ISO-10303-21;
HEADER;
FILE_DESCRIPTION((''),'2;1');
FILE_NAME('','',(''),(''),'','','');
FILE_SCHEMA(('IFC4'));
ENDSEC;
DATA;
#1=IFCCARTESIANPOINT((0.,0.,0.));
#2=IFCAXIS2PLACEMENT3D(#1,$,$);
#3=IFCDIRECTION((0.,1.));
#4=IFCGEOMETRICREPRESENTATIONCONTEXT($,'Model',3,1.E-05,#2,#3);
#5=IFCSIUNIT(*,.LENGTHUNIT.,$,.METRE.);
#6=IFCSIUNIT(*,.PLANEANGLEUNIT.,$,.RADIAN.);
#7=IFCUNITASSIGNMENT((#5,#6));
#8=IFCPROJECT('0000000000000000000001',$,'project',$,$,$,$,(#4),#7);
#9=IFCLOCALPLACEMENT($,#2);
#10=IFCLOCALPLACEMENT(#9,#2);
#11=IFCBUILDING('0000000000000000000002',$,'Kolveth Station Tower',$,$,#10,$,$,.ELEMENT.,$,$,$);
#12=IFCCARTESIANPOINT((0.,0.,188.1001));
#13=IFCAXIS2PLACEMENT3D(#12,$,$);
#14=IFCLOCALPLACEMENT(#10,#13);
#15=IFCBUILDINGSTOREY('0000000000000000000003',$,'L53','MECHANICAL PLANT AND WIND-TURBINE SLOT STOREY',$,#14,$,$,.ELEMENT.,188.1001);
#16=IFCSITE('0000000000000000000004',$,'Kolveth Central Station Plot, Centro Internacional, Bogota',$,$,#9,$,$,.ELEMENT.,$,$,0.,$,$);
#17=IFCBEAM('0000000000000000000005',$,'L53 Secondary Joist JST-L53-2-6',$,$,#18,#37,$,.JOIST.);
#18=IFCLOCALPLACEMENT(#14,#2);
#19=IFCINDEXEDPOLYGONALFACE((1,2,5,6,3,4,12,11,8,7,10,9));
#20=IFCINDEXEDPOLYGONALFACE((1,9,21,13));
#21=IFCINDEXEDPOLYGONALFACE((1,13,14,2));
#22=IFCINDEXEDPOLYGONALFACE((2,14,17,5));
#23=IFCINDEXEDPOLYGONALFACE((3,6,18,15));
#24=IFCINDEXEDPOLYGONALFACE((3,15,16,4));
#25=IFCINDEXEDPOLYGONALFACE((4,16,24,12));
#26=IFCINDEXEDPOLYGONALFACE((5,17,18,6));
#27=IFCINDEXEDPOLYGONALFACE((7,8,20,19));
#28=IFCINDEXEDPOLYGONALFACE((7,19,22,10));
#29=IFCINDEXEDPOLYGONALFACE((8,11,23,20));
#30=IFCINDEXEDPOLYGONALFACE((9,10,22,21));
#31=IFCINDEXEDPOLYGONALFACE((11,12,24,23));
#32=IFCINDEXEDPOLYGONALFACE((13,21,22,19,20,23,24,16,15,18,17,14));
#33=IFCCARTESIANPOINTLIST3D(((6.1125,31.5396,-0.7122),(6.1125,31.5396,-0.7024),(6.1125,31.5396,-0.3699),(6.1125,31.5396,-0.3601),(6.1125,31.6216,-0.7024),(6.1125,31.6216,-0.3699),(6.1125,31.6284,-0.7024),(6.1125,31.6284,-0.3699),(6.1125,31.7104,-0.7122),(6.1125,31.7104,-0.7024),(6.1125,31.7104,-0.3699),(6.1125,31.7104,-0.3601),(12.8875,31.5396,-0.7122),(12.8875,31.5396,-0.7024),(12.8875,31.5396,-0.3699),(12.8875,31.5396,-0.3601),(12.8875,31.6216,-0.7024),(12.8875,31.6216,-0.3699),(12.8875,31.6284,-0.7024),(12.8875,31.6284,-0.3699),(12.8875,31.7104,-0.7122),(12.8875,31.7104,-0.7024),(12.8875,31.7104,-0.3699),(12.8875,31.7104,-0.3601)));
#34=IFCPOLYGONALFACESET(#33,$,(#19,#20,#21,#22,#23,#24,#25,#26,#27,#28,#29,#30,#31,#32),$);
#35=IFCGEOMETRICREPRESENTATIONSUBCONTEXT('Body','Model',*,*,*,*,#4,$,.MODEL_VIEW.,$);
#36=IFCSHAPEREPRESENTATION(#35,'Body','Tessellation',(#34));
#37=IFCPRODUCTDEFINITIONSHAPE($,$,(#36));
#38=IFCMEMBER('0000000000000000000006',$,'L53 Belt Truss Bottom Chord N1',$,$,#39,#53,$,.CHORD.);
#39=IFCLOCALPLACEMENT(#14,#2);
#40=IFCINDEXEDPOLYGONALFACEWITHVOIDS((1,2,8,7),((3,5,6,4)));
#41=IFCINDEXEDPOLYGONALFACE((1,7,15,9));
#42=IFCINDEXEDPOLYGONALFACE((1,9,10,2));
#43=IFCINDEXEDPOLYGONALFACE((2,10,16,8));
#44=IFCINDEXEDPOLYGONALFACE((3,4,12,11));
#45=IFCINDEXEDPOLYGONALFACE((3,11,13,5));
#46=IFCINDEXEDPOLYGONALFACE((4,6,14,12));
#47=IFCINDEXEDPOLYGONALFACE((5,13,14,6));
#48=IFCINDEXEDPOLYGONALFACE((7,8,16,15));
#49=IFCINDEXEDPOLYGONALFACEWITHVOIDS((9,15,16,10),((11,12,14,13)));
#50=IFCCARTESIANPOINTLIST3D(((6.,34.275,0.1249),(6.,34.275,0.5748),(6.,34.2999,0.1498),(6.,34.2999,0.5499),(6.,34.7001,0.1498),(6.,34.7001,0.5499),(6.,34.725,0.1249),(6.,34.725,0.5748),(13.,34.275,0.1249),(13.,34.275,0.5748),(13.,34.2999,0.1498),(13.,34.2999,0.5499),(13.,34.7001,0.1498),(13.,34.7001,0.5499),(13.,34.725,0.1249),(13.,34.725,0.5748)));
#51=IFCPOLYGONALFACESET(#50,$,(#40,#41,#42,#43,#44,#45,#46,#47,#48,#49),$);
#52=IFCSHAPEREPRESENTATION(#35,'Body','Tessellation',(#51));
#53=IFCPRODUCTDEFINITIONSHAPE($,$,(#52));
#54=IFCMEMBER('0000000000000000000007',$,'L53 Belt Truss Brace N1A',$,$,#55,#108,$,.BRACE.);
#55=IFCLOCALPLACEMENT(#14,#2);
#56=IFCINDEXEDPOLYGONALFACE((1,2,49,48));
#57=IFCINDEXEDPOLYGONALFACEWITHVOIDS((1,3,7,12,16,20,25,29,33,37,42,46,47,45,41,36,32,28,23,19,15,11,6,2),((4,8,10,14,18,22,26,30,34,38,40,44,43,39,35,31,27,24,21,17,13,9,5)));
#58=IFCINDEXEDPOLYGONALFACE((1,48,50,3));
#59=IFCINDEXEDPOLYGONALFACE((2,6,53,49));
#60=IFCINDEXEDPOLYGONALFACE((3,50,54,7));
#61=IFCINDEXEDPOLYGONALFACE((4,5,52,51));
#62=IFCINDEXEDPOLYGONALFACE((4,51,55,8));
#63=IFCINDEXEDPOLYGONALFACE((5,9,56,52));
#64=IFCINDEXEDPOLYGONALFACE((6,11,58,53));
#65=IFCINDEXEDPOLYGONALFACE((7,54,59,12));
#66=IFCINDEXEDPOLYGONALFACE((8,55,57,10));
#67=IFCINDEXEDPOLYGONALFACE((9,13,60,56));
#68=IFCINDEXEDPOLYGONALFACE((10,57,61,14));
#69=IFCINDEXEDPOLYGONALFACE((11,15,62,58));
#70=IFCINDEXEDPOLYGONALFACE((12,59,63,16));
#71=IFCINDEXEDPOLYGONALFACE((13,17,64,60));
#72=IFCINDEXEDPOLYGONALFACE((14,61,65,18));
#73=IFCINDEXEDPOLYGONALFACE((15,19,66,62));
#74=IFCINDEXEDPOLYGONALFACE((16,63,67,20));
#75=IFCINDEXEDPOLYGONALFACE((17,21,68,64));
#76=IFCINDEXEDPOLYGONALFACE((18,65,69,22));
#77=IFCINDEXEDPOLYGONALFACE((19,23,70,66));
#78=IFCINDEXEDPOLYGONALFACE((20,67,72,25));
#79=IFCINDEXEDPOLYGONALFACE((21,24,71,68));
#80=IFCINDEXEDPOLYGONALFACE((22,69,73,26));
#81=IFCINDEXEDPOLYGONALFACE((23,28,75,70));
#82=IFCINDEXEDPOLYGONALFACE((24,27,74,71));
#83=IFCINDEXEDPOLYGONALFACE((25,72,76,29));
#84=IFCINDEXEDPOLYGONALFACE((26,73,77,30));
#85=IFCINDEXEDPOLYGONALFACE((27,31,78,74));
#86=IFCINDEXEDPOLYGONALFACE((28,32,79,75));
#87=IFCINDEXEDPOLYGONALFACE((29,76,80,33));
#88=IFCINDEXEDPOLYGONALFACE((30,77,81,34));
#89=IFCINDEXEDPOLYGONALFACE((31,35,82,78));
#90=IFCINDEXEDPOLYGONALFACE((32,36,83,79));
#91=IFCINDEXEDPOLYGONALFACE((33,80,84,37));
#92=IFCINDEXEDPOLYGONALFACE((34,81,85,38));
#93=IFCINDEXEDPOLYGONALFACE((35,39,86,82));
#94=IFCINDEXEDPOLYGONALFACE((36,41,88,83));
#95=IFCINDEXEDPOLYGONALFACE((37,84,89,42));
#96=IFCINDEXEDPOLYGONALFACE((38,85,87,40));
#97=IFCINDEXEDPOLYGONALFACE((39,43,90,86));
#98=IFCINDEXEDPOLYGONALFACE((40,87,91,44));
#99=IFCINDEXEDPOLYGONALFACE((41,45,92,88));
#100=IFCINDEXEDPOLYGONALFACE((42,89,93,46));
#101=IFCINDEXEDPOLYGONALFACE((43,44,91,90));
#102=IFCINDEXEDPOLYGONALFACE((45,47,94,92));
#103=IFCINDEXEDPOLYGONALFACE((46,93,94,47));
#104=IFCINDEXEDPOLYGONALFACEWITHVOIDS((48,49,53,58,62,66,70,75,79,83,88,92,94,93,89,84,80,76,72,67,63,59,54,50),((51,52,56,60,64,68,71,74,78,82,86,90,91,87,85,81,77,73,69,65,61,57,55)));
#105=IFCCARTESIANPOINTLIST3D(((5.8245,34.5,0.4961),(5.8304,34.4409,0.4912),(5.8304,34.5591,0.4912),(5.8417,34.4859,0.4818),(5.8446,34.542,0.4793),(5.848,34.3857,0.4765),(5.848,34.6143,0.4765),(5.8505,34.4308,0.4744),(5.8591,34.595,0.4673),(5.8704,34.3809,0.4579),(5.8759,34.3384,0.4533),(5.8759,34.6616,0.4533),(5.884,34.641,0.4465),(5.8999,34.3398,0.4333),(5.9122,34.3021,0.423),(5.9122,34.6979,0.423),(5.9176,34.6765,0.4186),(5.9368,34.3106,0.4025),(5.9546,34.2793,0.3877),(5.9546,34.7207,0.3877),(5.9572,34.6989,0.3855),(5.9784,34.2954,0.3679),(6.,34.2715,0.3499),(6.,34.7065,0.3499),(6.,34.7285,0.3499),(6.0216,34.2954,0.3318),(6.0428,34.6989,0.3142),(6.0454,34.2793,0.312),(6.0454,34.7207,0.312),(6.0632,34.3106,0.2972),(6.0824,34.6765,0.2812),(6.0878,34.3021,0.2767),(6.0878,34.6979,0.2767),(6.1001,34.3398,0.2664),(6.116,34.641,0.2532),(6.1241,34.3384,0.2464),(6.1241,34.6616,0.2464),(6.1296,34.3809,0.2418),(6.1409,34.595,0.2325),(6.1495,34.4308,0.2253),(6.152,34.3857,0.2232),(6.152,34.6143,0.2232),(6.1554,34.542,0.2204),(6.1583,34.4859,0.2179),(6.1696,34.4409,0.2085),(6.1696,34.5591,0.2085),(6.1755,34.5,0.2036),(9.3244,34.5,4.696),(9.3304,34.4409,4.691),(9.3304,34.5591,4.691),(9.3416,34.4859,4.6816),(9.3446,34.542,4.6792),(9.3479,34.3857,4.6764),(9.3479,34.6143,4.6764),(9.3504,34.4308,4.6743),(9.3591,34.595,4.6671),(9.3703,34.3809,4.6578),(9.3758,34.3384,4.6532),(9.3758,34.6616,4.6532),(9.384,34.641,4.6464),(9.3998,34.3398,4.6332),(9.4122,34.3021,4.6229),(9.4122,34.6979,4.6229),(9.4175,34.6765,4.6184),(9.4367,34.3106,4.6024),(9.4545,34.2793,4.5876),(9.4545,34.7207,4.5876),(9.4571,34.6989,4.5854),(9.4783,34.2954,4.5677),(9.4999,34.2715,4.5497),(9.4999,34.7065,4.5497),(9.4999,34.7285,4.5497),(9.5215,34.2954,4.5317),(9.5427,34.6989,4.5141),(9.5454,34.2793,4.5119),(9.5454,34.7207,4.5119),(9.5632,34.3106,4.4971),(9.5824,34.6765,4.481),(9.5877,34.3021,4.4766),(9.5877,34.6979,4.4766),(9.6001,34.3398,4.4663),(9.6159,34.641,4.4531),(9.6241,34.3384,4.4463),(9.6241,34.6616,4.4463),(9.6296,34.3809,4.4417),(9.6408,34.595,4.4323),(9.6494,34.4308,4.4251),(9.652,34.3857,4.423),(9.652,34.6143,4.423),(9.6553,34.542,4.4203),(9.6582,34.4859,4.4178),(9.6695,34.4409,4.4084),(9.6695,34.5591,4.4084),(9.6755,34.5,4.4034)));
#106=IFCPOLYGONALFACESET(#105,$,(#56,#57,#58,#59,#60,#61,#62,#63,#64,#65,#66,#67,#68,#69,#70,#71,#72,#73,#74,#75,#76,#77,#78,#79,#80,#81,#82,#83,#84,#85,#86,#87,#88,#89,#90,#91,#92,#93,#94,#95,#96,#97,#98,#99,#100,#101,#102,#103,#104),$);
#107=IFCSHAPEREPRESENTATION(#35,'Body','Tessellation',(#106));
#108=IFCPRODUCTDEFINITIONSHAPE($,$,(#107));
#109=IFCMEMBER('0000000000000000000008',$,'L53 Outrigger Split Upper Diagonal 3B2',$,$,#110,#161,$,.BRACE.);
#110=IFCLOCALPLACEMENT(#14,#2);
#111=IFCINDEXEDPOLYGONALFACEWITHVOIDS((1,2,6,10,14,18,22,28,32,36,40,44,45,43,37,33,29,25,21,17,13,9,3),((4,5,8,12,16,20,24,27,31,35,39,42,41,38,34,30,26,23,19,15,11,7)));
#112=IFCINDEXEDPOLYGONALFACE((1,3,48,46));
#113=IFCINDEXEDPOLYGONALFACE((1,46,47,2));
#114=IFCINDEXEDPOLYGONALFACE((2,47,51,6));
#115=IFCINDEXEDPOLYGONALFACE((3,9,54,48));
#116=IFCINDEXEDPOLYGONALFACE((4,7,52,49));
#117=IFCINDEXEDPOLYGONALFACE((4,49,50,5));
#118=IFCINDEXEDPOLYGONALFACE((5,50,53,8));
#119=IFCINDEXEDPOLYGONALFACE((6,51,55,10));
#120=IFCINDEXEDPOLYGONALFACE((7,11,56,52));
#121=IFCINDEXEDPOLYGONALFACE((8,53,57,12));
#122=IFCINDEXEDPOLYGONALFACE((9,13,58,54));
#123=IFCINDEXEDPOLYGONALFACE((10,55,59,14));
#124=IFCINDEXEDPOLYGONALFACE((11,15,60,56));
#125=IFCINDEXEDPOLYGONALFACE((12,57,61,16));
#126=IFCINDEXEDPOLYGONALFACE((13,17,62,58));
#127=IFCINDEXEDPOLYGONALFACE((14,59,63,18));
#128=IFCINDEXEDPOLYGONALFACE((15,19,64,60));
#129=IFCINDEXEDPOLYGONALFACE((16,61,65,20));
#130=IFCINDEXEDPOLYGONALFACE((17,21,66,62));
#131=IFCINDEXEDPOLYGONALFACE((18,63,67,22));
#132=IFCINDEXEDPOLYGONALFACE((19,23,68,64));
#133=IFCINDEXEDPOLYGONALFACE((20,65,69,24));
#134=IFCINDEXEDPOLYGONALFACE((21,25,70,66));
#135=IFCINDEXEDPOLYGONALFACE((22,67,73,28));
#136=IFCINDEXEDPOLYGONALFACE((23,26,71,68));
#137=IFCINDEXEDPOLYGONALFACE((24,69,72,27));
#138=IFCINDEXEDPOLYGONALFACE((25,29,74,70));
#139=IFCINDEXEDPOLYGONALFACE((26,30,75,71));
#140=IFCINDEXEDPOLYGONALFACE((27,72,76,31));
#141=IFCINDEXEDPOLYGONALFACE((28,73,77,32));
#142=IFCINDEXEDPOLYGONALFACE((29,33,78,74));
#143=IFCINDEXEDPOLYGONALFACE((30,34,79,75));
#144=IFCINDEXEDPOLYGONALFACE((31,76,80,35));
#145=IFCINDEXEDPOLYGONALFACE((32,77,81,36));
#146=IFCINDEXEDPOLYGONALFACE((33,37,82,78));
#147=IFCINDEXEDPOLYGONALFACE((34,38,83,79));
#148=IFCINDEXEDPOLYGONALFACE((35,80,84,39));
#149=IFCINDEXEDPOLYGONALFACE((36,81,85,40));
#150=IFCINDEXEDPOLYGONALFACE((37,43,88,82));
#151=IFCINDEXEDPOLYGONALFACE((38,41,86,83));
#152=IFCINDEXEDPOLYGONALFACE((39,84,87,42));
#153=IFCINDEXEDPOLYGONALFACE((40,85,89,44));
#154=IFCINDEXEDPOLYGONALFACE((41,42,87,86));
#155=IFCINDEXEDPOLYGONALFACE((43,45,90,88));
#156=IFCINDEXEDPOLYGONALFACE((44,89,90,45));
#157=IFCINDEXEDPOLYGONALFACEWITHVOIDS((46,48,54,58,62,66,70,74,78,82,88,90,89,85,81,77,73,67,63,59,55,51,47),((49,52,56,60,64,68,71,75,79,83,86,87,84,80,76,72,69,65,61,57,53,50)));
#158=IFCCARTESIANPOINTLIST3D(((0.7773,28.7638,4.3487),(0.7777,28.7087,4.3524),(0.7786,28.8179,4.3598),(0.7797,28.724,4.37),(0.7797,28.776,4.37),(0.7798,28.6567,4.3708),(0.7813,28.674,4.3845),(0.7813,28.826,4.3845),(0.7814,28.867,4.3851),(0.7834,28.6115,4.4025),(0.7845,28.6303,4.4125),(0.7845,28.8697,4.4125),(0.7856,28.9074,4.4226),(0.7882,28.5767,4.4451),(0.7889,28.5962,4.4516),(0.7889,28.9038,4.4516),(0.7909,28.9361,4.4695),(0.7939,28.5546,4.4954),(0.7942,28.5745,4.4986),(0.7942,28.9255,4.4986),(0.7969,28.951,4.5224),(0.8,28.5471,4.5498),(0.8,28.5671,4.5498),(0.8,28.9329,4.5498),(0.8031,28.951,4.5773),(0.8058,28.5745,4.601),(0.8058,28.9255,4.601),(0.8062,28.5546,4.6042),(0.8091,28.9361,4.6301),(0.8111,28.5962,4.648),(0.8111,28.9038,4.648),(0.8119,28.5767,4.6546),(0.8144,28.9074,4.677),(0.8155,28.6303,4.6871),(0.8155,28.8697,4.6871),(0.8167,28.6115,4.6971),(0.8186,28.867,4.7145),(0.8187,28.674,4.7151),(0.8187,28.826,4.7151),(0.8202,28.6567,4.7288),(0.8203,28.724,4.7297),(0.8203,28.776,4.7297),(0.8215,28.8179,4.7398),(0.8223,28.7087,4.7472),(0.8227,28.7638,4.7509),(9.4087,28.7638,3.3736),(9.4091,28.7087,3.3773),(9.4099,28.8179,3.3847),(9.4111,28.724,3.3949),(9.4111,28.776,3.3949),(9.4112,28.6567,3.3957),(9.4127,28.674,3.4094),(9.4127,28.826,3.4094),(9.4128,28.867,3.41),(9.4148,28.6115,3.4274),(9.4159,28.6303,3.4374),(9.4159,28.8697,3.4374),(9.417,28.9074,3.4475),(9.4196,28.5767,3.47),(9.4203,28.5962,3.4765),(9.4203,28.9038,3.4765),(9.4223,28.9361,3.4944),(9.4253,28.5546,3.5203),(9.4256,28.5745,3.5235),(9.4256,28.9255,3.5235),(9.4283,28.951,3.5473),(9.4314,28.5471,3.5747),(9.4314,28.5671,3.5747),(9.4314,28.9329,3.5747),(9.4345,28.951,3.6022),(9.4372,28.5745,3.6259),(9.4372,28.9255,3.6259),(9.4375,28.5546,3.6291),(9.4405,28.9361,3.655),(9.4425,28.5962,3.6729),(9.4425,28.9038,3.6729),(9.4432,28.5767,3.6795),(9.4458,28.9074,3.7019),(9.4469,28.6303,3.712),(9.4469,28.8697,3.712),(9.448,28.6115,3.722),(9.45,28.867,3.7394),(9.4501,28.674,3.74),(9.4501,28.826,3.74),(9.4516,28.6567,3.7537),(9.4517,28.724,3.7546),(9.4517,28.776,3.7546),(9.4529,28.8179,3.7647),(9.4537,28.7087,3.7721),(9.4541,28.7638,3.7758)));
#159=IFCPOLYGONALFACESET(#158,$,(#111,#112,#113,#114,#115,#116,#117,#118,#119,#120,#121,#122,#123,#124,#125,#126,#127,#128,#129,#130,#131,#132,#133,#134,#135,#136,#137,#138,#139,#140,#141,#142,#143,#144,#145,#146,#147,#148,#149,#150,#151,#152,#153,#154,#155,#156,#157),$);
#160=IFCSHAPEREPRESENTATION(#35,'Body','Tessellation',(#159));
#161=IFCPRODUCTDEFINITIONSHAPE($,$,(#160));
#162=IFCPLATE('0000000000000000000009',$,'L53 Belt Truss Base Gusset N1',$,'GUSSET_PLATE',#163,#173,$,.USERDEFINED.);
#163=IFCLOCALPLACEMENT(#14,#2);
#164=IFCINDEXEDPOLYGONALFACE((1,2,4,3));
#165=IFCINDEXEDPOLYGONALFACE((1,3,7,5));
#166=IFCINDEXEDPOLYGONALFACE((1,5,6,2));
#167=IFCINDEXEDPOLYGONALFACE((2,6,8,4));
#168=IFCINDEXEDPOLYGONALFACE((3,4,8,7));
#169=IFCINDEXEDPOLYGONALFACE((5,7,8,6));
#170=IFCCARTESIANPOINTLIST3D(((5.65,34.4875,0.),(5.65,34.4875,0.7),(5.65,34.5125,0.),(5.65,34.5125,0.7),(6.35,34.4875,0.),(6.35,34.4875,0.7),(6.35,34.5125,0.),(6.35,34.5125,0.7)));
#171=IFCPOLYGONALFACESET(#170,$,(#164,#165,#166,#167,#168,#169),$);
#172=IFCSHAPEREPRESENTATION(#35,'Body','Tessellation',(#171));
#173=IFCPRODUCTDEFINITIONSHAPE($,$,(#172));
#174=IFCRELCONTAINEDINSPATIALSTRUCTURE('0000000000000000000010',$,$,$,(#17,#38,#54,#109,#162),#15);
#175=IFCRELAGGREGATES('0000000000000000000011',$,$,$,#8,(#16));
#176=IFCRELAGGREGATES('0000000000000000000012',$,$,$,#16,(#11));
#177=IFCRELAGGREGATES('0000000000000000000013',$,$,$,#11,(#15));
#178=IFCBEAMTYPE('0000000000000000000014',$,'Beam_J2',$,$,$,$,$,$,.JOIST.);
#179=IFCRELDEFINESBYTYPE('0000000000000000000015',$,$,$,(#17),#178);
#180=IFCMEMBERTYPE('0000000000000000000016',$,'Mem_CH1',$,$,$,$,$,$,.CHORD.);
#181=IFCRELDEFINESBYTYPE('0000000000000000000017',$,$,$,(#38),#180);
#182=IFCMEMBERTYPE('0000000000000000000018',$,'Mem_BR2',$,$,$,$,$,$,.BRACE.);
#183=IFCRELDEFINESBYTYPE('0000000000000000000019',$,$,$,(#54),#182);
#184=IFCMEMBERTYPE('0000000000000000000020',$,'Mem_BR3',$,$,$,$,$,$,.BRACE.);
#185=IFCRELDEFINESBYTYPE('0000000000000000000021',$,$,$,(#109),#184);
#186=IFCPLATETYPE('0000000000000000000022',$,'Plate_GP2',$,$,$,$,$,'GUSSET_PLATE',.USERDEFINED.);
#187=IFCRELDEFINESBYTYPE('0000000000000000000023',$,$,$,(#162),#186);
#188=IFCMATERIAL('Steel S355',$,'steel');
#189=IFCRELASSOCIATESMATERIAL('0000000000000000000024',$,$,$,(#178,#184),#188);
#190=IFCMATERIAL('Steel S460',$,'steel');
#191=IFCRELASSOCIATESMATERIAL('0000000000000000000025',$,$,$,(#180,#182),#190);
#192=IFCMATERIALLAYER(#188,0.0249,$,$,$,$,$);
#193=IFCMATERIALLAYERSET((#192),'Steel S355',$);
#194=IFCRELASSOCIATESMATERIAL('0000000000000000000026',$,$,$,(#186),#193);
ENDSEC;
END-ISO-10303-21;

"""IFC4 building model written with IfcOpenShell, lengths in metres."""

from ifc_helpers import new_model, si_unit, direction, frame, origin, origin_2d, place, context, subcontext, project, spatial, rectangle, hollow_rectangle, hollow_circle, i_section, extrude, source, transform, mapped, material, layer, layer_set, material_profile, profile_set, type_object, element, save


model = new_model("IFC4")

# Units and contexts
model_context = context("Model", 3, precision=1e-05, world=origin(), true_north=direction((0.0, 1.0)))
body_context = subcontext(model_context, "Body", "Model", "MODEL_VIEW")
ifc_project = project(units=[si_unit("LENGTHUNIT", "METRE"), si_unit("PLANEANGLEUNIT", "RADIAN")], contexts=[model_context])

# Site, building, storey
site_placement = place(None, origin())
site = spatial("IfcSite", under=ifc_project, at=site_placement, Name="Kolveth Central Station Plot, Centro Internacional, Bogota", CompositionType="ELEMENT", RefElevation=0.0)
building_placement = place(site_placement, origin())
building = spatial("IfcBuilding", under=site, at=building_placement, Name="Kolveth Station Tower", CompositionType="ELEMENT")
storey_placement = place(building_placement, frame((0.0, 0.0, 188.1001)))
storey = spatial("IfcBuildingStorey", under=building, at=storey_placement, Name="L53", Description="MECHANICAL PLANT AND WIND-TURBINE SLOT STOREY", CompositionType="ELEMENT", Elevation=188.1001)

# Shared definitions
ifc_material_1 = material(Name="Steel S355", Category="steel")

# Beam
ifc_material_profile_1 = material_profile(ifc_material_1, i_section(OverallWidth=0.1709, OverallDepth=0.3521, WebThickness=0.0068, FlangeThickness=0.0098, at=origin_2d()), Name="W360x44")
ifc_profile_set_1 = profile_set([ifc_material_profile_1], Name="Steel S355")
beam_type_1 = type_object("IfcBeamType", Name="Beam_J2", PredefinedType="JOIST", material=ifc_profile_set_1)
shared_shape_1 = source(origin(), body_context, "Body", "SweptSolid", [
    extrude(i_section(OverallWidth=0.1709, OverallDepth=0.3521, WebThickness=0.0068, FlangeThickness=0.0098, at=origin_2d()), origin(), (0.0, 0.0, 1.0), 6.7749),
])
beam_1_placement = place(storey_placement, frame((6.1125, 31.625, -0.5361), z_axis=(1.0, 0.0, 0.0), x_axis=(0.0, 1.0, 0.0)))
element("IfcBeam", 1, at=beam_1_placement, inside=storey, type_object=beam_type_1, Name="L53 Secondary Joist JST-L53-2-6", PredefinedType="JOIST", context=body_context, shape_type="MappedRepresentation", body=[
    mapped(shared_shape_1, transform((0.0, 0.0, 0.0), x_axis=(1.0, 0.0, 0.0), y_axis=(0.0, 1.0, 0.0), z_axis=(0.0, 0.0, 1.0), scale=1.0)),
])

# Members
ifc_material_2 = material(Name="Steel S460", Category="steel")
ifc_material_profile_2 = material_profile(ifc_material_2, hollow_rectangle(XDim=0.45, YDim=0.45, WallThickness=0.0249, at=origin_2d()), Name="HSS450x450x25")
ifc_profile_set_2 = profile_set([ifc_material_profile_2], Name="Steel S460")
member_type_1 = type_object("IfcMemberType", Name="Mem_CH1", PredefinedType="CHORD", material=ifc_profile_set_2)
shared_shape_2 = source(origin(), body_context, "Body", "SweptSolid", [
    extrude(hollow_rectangle(XDim=0.45, YDim=0.45, WallThickness=0.0249, at=origin_2d()), origin(), (0.0, 0.0, 1.0), 7.0),
])
member_1_placement = place(storey_placement, frame((6.0, 34.5, 0.3499), z_axis=(1.0, 0.0, 0.0), x_axis=(0.0, 1.0, 0.0)))
element("IfcMember", 2, at=member_1_placement, inside=storey, type_object=member_type_1, Name="L53 Belt Truss Bottom Chord N1", PredefinedType="CHORD", context=body_context, shape_type="MappedRepresentation", body=[
    mapped(shared_shape_2, transform((0.0, 0.0, 0.0), x_axis=(1.0, 0.0, 0.0), y_axis=(0.0, 1.0, 0.0), z_axis=(0.0, 0.0, 1.0), scale=1.0)),
])
ifc_material_profile_3 = material_profile(ifc_material_2, hollow_circle(Radius=0.2285, WallThickness=0.022, at=origin_2d()), Name="CHS457x22")
ifc_profile_set_3 = profile_set([ifc_material_profile_3], Name="Steel S460")
member_type_2 = type_object("IfcMemberType", Name="Mem_BR2", PredefinedType="BRACE", material=ifc_profile_set_3)
shared_shape_3 = source(origin(), body_context, "Body", "SweptSolid", [
    extrude(hollow_circle(Radius=0.2285, WallThickness=0.022, at=origin_2d()), origin(), (0.0, 0.0, 1.0), 5.467),
])
member_2_placement = place(storey_placement, frame((6.0, 34.5, 0.3499), z_axis=(0.640189, 0.0, 0.768218), x_axis=(0.0, 1.0, 0.0)))
element("IfcMember", 3, at=member_2_placement, inside=storey, type_object=member_type_2, Name="L53 Belt Truss Brace N1A", PredefinedType="BRACE", context=body_context, shape_type="MappedRepresentation", body=[
    mapped(shared_shape_3, transform((0.0, 0.0, 0.0), x_axis=(1.0, 0.0, 0.0), y_axis=(0.0, 1.0, 0.0), z_axis=(0.0, 0.0, 1.0), scale=1.0)),
])
ifc_material_profile_4 = material_profile(ifc_material_1, hollow_circle(Radius=0.2029, WallThickness=0.02, at=origin_2d()), Name="CHS406x20")
ifc_profile_set_4 = profile_set([ifc_material_profile_4], Name="Steel S355")
member_type_3 = type_object("IfcMemberType", Name="Mem_BR3", PredefinedType="BRACE", material=ifc_profile_set_4)
shared_shape_4 = source(origin(), body_context, "Body", "SweptSolid", [
    extrude(hollow_circle(Radius=0.2029, WallThickness=0.02, at=origin_2d()), origin(), (0.0, 0.0, 1.0), 8.6863),
])
member_3_placement = place(storey_placement, frame((9.4314, 28.75, 3.5747), z_axis=(-0.993679, 0.0, 0.112258), x_axis=(0.0, -1.0, 0.0)))
element("IfcMember", 4, at=member_3_placement, inside=storey, type_object=member_type_3, Name="L53 Outrigger Split Upper Diagonal 3B2", PredefinedType="BRACE", context=body_context, shape_type="MappedRepresentation", body=[
    mapped(shared_shape_4, transform((0.0, 0.0, 0.0), x_axis=(1.0, 0.0, 0.0), y_axis=(0.0, 1.0, 0.0), z_axis=(0.0, 0.0, 1.0), scale=1.0)),
])

# Plate
ifc_layer_1 = layer(ifc_material_1, 0.0249)
ifc_layer_set_1 = layer_set([ifc_layer_1], Name="Steel S355")
plate_type = type_object("IfcPlateType", Name="Plate_GP2", ElementType="GUSSET_PLATE", PredefinedType="USERDEFINED", material=ifc_layer_set_1)
shared_shape_5 = source(origin(), body_context, "Body", "SweptSolid", [
    extrude(rectangle(XDim=0.7, YDim=0.0249, at=origin_2d()), origin(), (0.0, 0.0, 1.0), 0.7),
])
for number, where, z_axis, x_axis, name in (
    (5, (6.0, 34.5, 0.0), (0.0, 0.0, 1.0), (1.0, 0.0, 0.0), "L53 Belt Truss Base Gusset N1"),
):
    element("IfcPlate", number, at=place(storey_placement, frame(where, z_axis=z_axis, x_axis=x_axis)), inside=storey, type_object=plate_type, Name=name, ObjectType="GUSSET_PLATE", PredefinedType="USERDEFINED", context=body_context, shape_type="MappedRepresentation", body=[
        mapped(shared_shape_5, transform((0.0, 0.0, 0.0), x_axis=(1.0, 0.0, 0.0), y_axis=(0.0, 1.0, 0.0), z_axis=(0.0, 0.0, 1.0), scale=1.0)),
    ])

save(model, "model.ifc")
